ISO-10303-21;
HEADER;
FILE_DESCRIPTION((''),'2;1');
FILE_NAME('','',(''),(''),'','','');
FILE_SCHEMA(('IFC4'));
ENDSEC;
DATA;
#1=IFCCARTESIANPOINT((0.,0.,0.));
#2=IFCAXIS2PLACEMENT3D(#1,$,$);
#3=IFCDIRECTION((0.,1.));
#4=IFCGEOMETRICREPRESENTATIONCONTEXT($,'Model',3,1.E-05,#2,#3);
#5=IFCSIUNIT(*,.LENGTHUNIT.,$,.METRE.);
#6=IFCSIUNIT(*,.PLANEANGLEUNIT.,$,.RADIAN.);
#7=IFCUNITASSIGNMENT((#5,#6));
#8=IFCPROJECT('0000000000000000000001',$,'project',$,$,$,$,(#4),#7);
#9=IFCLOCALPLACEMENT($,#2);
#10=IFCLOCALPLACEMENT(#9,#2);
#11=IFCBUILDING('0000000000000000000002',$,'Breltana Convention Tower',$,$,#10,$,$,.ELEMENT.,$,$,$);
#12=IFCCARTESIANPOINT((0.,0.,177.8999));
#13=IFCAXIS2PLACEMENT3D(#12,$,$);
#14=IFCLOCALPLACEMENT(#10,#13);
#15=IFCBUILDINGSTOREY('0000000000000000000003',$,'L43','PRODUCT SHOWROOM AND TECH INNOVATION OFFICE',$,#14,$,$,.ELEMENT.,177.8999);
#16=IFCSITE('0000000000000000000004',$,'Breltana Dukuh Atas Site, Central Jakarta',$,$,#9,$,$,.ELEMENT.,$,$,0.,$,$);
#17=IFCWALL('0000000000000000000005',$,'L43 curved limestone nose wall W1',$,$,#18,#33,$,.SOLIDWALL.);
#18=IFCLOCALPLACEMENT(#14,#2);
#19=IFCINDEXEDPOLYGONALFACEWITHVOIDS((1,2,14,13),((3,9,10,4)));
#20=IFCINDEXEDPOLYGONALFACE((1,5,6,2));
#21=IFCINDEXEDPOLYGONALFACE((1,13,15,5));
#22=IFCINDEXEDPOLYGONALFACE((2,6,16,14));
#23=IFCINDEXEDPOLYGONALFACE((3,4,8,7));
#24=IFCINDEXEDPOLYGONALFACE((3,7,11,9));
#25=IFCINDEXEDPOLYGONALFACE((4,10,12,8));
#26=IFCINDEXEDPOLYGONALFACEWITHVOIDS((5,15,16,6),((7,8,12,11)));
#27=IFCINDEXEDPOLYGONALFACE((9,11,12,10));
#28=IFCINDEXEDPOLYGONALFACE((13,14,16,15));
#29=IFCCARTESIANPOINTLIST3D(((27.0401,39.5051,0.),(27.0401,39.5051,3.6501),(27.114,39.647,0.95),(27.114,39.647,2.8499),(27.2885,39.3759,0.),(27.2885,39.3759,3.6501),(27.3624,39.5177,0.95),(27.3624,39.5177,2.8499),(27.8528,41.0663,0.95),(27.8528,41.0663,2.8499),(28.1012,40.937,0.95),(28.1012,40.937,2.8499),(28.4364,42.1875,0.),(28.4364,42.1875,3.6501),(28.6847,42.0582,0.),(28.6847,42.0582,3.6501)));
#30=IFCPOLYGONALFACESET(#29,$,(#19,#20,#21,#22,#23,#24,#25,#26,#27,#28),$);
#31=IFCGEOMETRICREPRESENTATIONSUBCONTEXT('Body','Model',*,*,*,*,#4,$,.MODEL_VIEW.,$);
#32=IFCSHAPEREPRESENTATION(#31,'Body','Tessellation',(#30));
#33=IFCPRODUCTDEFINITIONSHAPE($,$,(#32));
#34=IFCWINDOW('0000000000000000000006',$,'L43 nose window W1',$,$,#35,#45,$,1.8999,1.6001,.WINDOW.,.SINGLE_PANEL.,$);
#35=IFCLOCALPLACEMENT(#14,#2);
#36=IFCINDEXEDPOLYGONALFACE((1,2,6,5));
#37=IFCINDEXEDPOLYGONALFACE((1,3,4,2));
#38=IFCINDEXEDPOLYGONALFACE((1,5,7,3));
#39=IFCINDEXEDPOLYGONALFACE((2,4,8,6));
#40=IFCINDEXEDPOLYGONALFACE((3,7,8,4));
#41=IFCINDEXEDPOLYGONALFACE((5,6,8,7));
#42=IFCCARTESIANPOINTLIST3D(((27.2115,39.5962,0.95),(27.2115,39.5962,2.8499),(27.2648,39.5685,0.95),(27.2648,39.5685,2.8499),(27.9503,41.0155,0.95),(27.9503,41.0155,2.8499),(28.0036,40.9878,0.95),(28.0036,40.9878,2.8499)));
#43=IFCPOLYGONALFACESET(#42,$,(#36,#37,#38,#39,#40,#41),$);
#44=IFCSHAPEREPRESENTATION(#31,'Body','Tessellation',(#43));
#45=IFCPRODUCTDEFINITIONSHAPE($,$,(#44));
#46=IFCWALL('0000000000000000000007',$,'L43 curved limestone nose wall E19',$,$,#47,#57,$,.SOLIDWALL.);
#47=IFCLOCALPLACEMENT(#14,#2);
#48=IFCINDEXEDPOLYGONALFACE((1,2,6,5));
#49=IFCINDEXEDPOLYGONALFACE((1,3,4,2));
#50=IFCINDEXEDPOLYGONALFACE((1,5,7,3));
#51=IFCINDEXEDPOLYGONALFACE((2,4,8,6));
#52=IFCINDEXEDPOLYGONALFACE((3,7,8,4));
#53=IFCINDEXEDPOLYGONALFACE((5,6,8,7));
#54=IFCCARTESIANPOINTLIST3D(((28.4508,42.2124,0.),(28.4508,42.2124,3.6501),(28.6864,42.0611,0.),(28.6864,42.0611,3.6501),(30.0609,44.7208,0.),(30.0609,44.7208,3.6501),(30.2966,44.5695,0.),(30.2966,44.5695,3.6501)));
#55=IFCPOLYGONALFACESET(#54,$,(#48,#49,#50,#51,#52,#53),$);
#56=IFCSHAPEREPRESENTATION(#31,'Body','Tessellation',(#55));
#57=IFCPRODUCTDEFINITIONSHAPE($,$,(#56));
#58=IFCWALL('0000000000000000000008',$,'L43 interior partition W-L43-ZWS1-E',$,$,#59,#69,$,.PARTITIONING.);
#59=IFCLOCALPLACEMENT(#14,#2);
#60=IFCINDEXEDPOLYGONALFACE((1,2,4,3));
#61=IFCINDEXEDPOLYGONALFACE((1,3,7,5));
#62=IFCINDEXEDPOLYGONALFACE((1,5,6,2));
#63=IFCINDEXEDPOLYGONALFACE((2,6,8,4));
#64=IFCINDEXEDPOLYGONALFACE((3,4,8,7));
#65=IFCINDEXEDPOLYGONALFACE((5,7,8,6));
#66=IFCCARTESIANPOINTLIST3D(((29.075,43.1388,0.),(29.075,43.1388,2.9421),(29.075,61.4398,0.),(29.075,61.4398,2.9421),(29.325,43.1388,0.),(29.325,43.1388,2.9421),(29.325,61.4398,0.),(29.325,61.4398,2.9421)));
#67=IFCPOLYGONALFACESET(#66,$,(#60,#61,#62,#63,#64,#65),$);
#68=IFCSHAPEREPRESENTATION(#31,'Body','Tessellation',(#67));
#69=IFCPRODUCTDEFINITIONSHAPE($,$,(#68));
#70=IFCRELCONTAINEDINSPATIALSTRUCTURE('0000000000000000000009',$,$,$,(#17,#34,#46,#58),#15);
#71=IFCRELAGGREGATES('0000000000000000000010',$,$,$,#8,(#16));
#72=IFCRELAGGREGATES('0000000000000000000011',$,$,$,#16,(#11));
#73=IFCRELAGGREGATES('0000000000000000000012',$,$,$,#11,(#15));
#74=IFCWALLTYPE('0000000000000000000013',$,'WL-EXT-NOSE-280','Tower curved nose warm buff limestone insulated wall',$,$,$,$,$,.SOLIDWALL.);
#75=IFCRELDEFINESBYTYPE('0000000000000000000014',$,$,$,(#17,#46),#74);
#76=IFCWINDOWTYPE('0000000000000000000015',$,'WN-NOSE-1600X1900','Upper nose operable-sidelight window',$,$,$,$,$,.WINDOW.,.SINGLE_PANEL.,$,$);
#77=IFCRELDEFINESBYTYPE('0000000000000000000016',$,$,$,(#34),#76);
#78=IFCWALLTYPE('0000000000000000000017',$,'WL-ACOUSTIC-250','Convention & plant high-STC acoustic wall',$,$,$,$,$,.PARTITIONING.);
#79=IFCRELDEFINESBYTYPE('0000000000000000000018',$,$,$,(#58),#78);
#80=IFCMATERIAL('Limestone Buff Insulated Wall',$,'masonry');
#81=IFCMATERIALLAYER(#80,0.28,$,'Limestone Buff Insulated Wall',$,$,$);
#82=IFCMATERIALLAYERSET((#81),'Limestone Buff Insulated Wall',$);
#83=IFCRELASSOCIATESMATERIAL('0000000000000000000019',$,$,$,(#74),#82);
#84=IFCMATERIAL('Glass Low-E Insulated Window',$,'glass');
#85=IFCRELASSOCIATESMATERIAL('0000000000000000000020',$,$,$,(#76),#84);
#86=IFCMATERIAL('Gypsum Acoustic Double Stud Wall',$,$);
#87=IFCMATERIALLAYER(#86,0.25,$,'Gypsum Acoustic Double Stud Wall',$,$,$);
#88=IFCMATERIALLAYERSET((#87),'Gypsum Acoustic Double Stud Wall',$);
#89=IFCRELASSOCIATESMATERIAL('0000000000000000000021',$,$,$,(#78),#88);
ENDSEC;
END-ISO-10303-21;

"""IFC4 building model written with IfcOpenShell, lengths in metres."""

from ifc_helpers import new_model, si_unit, direction, frame, frame_2d, origin, place, context, subcontext, project, spatial, rectangle, extrude, source, transform, mapped, material, layer, layer_set, type_object, type_shapes, element, fill, save


model = new_model("IFC4")

# Units and contexts
model_context = context("Model", 3, precision=1e-05, world=origin(), true_north=direction((0.0, 1.0)))
body_context = subcontext(model_context, "Body", "Model", "MODEL_VIEW")
ifc_project = project(units=[si_unit("LENGTHUNIT", "METRE"), si_unit("PLANEANGLEUNIT", "RADIAN")], contexts=[model_context])

# Site, building, storey
site_placement = place(None, origin())
site = spatial("IfcSite", under=ifc_project, at=site_placement, Name="Breltana Dukuh Atas Site, Central Jakarta", CompositionType="ELEMENT", RefElevation=0.0)
building_placement = place(site_placement, origin())
building = spatial("IfcBuilding", under=site, at=building_placement, Name="Breltana Convention Tower", CompositionType="ELEMENT")
storey_placement = place(building_placement, frame((0.0, 0.0, 177.8999)))
storey = spatial("IfcBuildingStorey", under=building, at=storey_placement, Name="L43", Description="PRODUCT SHOWROOM AND TECH INNOVATION OFFICE", CompositionType="ELEMENT", Elevation=177.8999)

# Wall, opening, window
ifc_material_1 = material(Name="Limestone Buff Insulated Wall", Category="masonry")
ifc_layer_1 = layer(ifc_material_1, 0.28, Name="Limestone Buff Insulated Wall")
ifc_layer_set_1 = layer_set([ifc_layer_1], Name="Limestone Buff Insulated Wall")
wall_type_1 = type_object("IfcWallType", Name="WL-EXT-NOSE-280", Description="Tower curved nose warm buff limestone insulated wall", PredefinedType="SOLIDWALL", material=ifc_layer_set_1)
ifc_material_2 = material(Name="Glass Low-E Insulated Window", Category="glass")
shared_shape_1 = source(origin(), body_context, "Body", "SweptSolid", [
    extrude(rectangle(XDim=3.0239, YDim=0.28, at=frame_2d((1.512, 0.0))), origin(), (0.0, 0.0, 1.0), 3.6501),
])
wall_1_placement = place(storey_placement, frame((28.5605, 42.1228, 0.0), z_axis=(0.0, 0.0, 1.0), x_axis=(-0.461719, -0.887026, 0.0)))
wall_1 = element("IfcWall", 1, at=wall_1_placement, inside=storey, type_object=wall_type_1, Name="L43 curved limestone nose wall W1", PredefinedType="SOLIDWALL", context=body_context, shape_type="MappedRepresentation", body=[
    mapped(shared_shape_1, transform((0.0, 0.0, 0.0), scale=1.0)),
])
opening_1_placement = place(wall_1_placement, frame((1.2639, 0.0, 0.95)))
opening_1 = element("IfcOpeningElement", 2, at=opening_1_placement, cuts=wall_1, PredefinedType="OPENING", context=body_context, shape_type="SweptSolid", body=[
    extrude(rectangle(XDim=1.6001, YDim=1.8999, at=frame_2d((0.8, 0.95))), frame((0.0, 0.1499, 0.0), z_axis=(0.0, -1.0, 0.0), x_axis=(1.0, 0.0, 0.0)), (0.0, 0.0, 1.0), 0.3),
])
window_type_1 = type_object("IfcWindowType", Name="WN-NOSE-1600X1900", Description="Upper nose operable-sidelight window", PartitioningType="SINGLE_PANEL", PredefinedType="WINDOW", material=ifc_material_2)
shared_shape_2 = source(origin(), body_context, "Body", "SweptSolid", [
    extrude(rectangle(XDim=1.6001, YDim=1.8999, at=frame_2d((0.8, 0.95))), frame((0.0, 0.03, 0.0), z_axis=(0.0, -1.0, 0.0), x_axis=(1.0, 0.0, 0.0)), (0.0, 0.0, 1.0), 0.0601),
])
type_shapes(window_type_1, [shared_shape_2])
window_1_placement = place(opening_1_placement, origin())
window_1 = element("IfcWindow", 3, at=window_1_placement, inside=storey, type_object=window_type_1, Name="L43 nose window W1", OverallHeight=1.8999, OverallWidth=1.6001, PartitioningType="SINGLE_PANEL", PredefinedType="WINDOW", context=body_context, shape_type="MappedRepresentation", body=[
    mapped(shared_shape_2, transform((0.0, 0.0, 0.0), scale=1.0)),
])
fill(opening_1, window_1)

# Walls
shared_shape_3 = source(origin(), body_context, "Body", "SweptSolid", [
    extrude(rectangle(XDim=2.9807, YDim=0.28, at=frame_2d((1.4902, 0.0))), origin(), (0.0, 0.0, 1.0), 3.6501),
])
wall_2_placement = place(storey_placement, frame((30.1787, 44.645, 0.0), z_axis=(0.0, 0.0, 1.0), x_axis=(-0.540194, -0.84154, 0.0)))
element("IfcWall", 4, at=wall_2_placement, inside=storey, type_object=wall_type_1, Name="L43 curved limestone nose wall E19", PredefinedType="SOLIDWALL", context=body_context, shape_type="MappedRepresentation", body=[
    mapped(shared_shape_3, transform((0.0, 0.0, 0.0), scale=1.0)),
])
ifc_material_3 = material(Name="Gypsum Acoustic Double Stud Wall")
ifc_layer_2 = layer(ifc_material_3, 0.25, Name="Gypsum Acoustic Double Stud Wall")
ifc_layer_set_2 = layer_set([ifc_layer_2], Name="Gypsum Acoustic Double Stud Wall")
wall_type_2 = type_object("IfcWallType", Name="WL-ACOUSTIC-250", Description="Convention & plant high-STC acoustic wall", PredefinedType="PARTITIONING", material=ifc_layer_set_2)
shared_shape_4 = source(origin(), body_context, "Body", "SweptSolid", [
    extrude(rectangle(XDim=18.301, YDim=0.25, at=frame_2d((9.1504, 0.0))), origin(), (0.0, 0.0, 1.0), 2.9421),
])
wall_3_placement = place(storey_placement, frame((29.2, 43.1389, 0.0), z_axis=(0.0, 0.0, 1.0), x_axis=(0.0, 1.0, 0.0)))
element("IfcWall", 5, at=wall_3_placement, inside=storey, type_object=wall_type_2, Name="L43 interior partition W-L43-ZWS1-E", PredefinedType="PARTITIONING", context=body_context, shape_type="MappedRepresentation", body=[
    mapped(shared_shape_4, transform((0.0, 0.0, 0.0), scale=1.0)),
])

save(model, "model.ifc")
